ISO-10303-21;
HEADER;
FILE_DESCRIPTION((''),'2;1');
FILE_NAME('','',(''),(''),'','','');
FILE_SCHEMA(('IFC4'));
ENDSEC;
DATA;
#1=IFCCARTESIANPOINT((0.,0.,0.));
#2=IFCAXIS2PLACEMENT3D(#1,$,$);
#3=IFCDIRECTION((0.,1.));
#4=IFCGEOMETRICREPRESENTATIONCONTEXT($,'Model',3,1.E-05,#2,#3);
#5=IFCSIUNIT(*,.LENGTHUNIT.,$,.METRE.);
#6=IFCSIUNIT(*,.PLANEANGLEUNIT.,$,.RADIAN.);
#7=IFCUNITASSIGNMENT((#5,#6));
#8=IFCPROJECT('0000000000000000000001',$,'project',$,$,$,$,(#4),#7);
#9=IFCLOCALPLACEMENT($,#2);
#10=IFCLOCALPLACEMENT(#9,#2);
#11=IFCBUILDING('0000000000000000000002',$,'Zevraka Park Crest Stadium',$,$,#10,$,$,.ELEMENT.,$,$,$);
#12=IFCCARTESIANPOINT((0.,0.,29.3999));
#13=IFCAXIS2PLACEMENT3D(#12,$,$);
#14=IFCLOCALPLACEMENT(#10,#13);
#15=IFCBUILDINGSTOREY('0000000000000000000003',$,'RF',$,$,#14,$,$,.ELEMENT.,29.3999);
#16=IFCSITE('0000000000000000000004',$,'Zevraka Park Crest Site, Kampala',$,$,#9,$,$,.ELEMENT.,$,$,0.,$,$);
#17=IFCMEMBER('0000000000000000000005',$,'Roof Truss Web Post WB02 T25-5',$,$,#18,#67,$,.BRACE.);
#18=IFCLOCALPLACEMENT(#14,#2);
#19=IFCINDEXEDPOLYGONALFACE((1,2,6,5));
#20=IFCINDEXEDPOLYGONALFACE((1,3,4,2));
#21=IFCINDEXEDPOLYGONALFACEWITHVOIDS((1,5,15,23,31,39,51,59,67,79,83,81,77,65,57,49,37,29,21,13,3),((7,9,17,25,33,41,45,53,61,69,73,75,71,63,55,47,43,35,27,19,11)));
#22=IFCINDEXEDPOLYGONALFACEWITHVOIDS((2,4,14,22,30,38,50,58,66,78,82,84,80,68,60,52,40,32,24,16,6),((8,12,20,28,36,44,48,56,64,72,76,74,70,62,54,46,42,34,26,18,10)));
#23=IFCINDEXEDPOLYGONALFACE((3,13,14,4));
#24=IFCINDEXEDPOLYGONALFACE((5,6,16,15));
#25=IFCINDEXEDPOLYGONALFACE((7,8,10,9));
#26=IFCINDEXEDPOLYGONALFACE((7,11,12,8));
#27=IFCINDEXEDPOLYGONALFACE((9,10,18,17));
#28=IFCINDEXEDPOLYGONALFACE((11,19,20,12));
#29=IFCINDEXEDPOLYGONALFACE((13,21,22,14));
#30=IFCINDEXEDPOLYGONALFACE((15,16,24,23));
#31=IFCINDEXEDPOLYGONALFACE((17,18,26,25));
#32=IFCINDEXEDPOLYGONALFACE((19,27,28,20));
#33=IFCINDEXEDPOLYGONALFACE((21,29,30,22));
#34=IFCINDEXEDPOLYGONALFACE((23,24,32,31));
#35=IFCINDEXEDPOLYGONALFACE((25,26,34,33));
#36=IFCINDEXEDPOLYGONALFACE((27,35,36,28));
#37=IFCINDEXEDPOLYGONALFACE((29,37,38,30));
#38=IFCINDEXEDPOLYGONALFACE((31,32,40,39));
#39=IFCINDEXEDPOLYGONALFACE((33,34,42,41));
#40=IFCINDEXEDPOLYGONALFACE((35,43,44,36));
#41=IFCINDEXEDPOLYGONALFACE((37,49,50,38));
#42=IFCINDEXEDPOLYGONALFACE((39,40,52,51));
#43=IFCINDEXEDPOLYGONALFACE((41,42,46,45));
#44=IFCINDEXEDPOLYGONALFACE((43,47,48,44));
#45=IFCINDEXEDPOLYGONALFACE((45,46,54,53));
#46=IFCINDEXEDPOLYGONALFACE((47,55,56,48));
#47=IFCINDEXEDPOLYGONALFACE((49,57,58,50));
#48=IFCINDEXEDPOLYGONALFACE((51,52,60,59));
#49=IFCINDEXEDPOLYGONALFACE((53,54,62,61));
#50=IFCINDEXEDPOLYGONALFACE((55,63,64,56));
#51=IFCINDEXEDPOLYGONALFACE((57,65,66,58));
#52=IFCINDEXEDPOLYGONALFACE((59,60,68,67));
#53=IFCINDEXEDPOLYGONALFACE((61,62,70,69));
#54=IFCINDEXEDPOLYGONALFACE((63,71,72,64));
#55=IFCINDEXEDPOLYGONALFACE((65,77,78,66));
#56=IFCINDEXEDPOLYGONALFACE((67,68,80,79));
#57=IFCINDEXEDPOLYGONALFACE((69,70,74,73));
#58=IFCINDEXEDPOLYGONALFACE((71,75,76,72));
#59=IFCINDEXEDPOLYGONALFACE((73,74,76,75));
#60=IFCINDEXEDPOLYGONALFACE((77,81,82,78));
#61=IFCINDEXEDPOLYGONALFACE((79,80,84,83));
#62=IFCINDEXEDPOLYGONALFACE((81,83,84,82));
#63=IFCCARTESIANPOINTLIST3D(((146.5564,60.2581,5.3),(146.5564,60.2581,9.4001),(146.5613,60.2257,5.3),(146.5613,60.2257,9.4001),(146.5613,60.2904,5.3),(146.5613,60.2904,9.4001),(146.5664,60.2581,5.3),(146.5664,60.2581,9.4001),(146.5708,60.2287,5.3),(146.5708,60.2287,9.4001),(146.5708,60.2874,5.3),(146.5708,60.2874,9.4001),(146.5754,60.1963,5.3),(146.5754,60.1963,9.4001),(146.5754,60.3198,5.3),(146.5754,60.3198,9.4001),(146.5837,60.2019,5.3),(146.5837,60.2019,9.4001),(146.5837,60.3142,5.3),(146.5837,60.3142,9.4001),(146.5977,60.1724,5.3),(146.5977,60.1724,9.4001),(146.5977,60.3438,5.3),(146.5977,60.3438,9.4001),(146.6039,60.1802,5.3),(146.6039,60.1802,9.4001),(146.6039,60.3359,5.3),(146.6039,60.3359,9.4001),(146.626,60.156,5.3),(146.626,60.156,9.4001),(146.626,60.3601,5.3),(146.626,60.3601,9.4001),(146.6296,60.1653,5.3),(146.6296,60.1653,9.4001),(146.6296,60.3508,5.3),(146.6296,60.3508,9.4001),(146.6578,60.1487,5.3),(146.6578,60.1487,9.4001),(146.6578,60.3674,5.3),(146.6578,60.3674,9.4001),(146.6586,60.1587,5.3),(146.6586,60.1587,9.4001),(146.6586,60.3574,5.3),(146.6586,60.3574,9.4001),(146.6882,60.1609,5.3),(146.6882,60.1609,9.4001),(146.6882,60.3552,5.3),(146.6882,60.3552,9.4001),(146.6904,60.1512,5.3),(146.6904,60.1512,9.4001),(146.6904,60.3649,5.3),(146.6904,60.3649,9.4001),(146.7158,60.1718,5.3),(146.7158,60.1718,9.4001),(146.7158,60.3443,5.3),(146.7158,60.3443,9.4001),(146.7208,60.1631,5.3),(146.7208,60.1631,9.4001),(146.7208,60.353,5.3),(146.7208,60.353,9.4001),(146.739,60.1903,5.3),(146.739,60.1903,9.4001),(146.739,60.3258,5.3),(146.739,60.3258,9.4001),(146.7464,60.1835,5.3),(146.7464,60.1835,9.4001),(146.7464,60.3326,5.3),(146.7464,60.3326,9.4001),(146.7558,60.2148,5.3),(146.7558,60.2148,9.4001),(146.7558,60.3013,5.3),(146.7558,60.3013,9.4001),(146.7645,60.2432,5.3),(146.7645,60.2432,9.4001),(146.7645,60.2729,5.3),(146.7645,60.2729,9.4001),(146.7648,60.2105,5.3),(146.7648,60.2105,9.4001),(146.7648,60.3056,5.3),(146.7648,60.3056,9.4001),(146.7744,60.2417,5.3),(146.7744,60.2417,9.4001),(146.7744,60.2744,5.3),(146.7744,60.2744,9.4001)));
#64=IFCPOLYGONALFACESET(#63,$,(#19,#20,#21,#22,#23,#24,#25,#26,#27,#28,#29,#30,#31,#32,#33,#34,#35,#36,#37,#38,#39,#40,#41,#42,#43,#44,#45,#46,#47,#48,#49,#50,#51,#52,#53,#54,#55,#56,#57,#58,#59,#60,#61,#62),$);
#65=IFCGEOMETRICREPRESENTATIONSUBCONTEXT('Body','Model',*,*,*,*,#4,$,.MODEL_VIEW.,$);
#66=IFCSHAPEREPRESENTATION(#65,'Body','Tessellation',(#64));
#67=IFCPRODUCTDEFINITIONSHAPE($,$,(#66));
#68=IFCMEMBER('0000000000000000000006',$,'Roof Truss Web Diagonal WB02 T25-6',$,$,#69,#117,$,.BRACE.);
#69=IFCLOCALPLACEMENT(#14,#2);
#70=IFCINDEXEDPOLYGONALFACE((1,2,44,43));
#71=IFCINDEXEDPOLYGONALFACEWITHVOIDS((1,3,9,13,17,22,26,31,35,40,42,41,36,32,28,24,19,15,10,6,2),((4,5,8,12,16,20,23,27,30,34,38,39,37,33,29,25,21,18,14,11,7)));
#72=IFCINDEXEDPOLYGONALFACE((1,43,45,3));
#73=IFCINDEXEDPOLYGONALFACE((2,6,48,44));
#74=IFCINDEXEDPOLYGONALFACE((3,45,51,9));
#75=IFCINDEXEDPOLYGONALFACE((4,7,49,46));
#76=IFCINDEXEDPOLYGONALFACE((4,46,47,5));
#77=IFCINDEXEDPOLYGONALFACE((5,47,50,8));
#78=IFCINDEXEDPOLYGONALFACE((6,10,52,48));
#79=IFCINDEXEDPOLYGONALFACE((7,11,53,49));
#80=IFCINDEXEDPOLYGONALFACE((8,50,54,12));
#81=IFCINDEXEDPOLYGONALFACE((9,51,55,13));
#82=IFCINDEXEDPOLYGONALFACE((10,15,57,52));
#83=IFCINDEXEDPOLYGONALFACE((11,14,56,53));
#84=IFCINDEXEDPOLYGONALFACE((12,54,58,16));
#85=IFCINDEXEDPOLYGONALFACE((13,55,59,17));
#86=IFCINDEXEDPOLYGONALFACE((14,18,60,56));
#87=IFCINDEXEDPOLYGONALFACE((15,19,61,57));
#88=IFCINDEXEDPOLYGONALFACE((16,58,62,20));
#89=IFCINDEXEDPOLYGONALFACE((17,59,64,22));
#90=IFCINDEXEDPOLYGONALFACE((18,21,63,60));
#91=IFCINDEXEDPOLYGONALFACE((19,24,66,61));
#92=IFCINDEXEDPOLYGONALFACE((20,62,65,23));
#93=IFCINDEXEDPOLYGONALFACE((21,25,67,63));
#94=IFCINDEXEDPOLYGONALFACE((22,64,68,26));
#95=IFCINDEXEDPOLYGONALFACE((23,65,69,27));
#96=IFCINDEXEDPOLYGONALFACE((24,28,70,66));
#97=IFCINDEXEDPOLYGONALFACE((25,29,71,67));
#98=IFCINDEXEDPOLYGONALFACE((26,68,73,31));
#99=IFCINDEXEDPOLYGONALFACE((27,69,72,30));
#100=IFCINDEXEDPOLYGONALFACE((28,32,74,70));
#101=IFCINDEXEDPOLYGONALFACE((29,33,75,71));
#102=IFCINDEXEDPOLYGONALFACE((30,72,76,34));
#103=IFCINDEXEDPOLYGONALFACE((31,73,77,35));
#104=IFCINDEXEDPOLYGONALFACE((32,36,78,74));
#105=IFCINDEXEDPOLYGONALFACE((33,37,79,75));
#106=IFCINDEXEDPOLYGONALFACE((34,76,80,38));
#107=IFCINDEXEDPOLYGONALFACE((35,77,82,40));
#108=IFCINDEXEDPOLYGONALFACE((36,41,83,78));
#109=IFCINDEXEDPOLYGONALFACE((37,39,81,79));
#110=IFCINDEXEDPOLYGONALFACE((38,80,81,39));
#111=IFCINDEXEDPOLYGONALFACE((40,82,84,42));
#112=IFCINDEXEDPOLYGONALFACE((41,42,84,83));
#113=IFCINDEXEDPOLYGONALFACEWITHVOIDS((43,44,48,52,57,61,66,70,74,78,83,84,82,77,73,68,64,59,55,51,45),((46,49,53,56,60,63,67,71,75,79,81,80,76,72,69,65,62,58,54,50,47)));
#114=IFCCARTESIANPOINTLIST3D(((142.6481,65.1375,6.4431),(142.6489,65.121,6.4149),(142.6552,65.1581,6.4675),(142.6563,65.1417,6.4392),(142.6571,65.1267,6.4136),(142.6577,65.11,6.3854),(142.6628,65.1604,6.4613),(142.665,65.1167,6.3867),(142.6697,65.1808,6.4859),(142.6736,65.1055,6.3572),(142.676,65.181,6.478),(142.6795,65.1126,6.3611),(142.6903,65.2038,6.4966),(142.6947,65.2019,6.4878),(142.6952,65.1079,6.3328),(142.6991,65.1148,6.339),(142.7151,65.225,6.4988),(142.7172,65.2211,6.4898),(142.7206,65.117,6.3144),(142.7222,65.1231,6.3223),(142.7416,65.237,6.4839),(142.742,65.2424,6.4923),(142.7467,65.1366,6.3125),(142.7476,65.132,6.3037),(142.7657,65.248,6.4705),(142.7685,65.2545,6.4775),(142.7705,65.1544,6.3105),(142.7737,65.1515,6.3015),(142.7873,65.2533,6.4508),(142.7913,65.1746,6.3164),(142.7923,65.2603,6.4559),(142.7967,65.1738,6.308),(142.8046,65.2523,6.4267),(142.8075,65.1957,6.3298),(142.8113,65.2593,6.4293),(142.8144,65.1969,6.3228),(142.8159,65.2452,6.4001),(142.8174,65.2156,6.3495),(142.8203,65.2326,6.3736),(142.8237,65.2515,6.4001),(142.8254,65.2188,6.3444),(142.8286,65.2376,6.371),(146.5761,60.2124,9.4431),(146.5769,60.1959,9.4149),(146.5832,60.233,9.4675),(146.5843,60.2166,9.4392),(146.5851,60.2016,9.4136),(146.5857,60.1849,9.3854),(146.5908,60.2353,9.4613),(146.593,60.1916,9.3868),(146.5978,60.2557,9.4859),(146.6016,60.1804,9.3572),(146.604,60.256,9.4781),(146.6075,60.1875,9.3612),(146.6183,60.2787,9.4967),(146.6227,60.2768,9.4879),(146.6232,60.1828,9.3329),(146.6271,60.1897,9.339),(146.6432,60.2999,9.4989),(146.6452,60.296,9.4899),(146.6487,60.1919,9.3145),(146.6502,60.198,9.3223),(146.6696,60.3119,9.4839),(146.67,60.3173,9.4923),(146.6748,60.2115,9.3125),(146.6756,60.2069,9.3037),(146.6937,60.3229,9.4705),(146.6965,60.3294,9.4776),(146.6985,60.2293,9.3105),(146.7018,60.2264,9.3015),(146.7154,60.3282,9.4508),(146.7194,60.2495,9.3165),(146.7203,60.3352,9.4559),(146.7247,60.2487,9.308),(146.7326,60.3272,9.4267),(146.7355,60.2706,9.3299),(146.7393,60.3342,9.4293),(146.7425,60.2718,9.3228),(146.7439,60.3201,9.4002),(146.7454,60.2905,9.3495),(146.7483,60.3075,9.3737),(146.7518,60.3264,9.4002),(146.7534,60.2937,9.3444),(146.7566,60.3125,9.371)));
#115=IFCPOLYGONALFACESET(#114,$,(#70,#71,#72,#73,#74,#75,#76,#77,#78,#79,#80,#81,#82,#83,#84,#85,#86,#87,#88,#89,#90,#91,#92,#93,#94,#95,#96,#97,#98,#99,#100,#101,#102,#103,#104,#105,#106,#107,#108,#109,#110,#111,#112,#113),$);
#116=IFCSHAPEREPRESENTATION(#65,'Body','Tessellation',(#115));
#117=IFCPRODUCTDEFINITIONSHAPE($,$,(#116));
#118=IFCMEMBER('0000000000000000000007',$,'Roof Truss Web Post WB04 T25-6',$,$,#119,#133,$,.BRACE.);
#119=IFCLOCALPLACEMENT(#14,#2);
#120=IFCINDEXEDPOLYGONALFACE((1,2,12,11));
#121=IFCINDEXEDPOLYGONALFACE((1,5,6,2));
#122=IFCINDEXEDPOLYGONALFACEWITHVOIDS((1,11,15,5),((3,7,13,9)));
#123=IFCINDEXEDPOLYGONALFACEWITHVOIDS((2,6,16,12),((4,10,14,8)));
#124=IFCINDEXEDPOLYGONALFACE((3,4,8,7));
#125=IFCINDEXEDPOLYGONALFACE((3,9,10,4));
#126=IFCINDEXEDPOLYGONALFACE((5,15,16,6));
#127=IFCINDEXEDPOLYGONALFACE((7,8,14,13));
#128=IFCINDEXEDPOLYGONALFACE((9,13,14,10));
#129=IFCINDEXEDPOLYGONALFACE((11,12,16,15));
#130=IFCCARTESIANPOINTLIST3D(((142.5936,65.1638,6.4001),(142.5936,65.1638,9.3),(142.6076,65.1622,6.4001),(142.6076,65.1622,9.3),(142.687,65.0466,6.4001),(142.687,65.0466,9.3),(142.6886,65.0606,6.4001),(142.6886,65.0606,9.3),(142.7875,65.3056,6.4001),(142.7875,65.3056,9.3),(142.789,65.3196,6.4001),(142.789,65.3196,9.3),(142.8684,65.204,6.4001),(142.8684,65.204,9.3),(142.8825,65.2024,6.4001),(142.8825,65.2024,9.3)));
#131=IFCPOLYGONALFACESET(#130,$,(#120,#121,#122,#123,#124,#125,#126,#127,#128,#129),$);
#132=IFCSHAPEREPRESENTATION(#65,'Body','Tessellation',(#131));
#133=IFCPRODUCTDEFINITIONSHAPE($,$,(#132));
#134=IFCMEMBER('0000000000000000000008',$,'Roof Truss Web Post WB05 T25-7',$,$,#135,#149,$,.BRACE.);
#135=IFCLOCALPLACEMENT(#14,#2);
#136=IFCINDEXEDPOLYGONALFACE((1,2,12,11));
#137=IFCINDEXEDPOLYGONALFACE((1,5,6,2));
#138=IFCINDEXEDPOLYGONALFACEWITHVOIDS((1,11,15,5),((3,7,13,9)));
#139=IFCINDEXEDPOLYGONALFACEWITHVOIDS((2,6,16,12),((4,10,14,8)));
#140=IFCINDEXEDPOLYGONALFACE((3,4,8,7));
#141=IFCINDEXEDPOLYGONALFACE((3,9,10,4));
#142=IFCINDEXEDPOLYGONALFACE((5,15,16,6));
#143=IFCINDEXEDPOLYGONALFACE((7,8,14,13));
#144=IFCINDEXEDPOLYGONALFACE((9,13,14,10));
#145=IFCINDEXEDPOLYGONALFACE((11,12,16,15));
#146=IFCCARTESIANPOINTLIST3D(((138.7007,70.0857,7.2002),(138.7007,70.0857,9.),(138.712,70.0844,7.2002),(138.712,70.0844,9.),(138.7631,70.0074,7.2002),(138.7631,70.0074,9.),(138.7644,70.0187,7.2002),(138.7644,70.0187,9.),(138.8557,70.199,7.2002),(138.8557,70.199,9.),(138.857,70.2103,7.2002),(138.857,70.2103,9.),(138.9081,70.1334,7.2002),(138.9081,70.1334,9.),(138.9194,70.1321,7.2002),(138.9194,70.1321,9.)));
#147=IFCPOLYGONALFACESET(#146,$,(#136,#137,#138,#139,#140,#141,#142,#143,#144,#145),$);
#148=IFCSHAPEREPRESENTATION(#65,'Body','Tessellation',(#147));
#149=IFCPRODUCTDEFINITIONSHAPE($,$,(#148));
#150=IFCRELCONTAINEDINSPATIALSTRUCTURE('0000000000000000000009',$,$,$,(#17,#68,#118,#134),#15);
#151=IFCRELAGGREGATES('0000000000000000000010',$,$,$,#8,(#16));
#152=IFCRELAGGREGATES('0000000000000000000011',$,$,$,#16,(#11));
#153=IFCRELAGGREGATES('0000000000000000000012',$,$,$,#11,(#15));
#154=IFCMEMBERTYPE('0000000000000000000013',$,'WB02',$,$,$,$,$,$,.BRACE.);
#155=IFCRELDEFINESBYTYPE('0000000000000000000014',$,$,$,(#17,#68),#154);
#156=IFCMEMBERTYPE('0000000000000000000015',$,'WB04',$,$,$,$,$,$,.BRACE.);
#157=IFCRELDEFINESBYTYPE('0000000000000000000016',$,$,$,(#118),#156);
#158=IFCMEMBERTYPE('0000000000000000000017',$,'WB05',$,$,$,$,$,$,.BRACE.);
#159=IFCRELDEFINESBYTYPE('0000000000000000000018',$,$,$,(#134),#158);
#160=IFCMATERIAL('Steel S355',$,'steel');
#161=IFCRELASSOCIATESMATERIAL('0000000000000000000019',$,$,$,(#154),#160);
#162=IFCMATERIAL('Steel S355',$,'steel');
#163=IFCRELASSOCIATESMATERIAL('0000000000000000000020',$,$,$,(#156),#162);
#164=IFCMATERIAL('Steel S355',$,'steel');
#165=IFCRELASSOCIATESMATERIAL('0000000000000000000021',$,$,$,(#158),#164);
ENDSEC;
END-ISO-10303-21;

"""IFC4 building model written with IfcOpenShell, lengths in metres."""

from ifc_helpers import new_model, si_unit, direction, frame, origin, origin_2d, place, context, subcontext, project, spatial, hollow_rectangle, hollow_circle, extrude, material, material_profile, profile_set, type_object, element, save


model = new_model("IFC4")

# Units and contexts
model_context = context("Model", 3, precision=1e-05, world=origin(), true_north=direction((0.0, 1.0)))
body_context = subcontext(model_context, "Body", "Model", "MODEL_VIEW")
ifc_project = project(units=[si_unit("LENGTHUNIT", "METRE"), si_unit("PLANEANGLEUNIT", "RADIAN")], contexts=[model_context])

# Site, building, storey
site_placement = place(None, origin())
site = spatial("IfcSite", under=ifc_project, at=site_placement, Name="Zevraka Park Crest Site, Kampala", CompositionType="ELEMENT", RefElevation=0.0)
building_placement = place(site_placement, origin())
building = spatial("IfcBuilding", under=site, at=building_placement, Name="Zevraka Park Crest Stadium", CompositionType="ELEMENT")
storey_placement = place(building_placement, frame((0.0, 0.0, 29.3999)))
storey = spatial("IfcBuildingStorey", under=building, at=storey_placement, Name="RF", CompositionType="ELEMENT", Elevation=29.3999)

# Members
ifc_material_1 = material(Name="Steel S355", Category="steel")
ifc_material_profile_1 = material_profile(ifc_material_1, hollow_circle(Radius=0.1096, WallThickness=0.01, at=origin_2d()), Name="CHS 219.1x10")
ifc_profile_set_1 = profile_set([ifc_material_profile_1], Name="Steel S355")
member_type_1 = type_object("IfcMemberType", Name="WB02", PredefinedType="BRACE", material=ifc_profile_set_1)
member_1_placement = place(storey_placement, frame((146.666, 60.2581, 5.3), z_axis=(0.0, 0.0, 1.0), x_axis=(-0.62347, 0.781847, 0.0)))
element("IfcMember", 1, at=member_1_placement, inside=storey, type_object=member_type_1, Name="Roof Truss Web Post WB02 T25-5", PredefinedType="BRACE", context=body_context, shape_type="SweptSolid", body=[
    extrude(hollow_circle(Radius=0.1096, WallThickness=0.01, at=origin_2d()), origin(), (0.0, 0.0, 1.0), 4.1001),
])
member_2_placement = place(storey_placement, frame((142.738, 65.1831, 6.4001), z_axis=(0.562951, -0.70585, 0.429955), x_axis=(0.781802, 0.623527, 0.0)))
element("IfcMember", 2, at=member_2_placement, inside=storey, type_object=member_type_1, Name="Roof Truss Web Diagonal WB02 T25-6", PredefinedType="BRACE", context=body_context, shape_type="SweptSolid", body=[
    extrude(hollow_circle(Radius=0.1096, WallThickness=0.01, at=origin_2d()), origin(), (0.0, 0.0, 1.0), 6.9775),
])
ifc_material_2 = material(Name="Steel S355", Category="steel")
ifc_material_profile_2 = material_profile(ifc_material_2, hollow_rectangle(XDim=0.1499, YDim=0.25, WallThickness=0.01, at=origin_2d()), Name="RHS 250x150x10")
ifc_profile_set_2 = profile_set([ifc_material_profile_2], Name="Steel S355")
member_type_2 = type_object("IfcMemberType", Name="WB04", PredefinedType="BRACE", material=ifc_profile_set_2)
member_3_placement = place(storey_placement, frame((142.738, 65.1831, 6.4001), z_axis=(0.0, 0.0, 1.0), x_axis=(-0.62347, 0.781847, 0.0)))
element("IfcMember", 3, at=member_3_placement, inside=storey, type_object=member_type_2, Name="Roof Truss Web Post WB04 T25-6", PredefinedType="BRACE", context=body_context, shape_type="SweptSolid", body=[
    extrude(hollow_rectangle(XDim=0.1499, YDim=0.25, WallThickness=0.01, at=origin_2d()), origin(), (0.0, 0.0, 1.0), 2.8999),
])
ifc_material_3 = material(Name="Steel S355", Category="steel")
ifc_material_profile_3 = material_profile(ifc_material_3, hollow_rectangle(XDim=0.1001, YDim=0.2, WallThickness=0.0081, at=origin_2d()), Name="RHS 200x100x8")
ifc_profile_set_3 = profile_set([ifc_material_profile_3], Name="Steel S355")
member_type_3 = type_object("IfcMemberType", Name="WB05", PredefinedType="BRACE", material=ifc_profile_set_3)
member_4_placement = place(storey_placement, frame((138.8101, 70.1089, 7.2002), z_axis=(0.0, 0.0, 1.0), x_axis=(-0.62347, 0.781847, 0.0)))
element("IfcMember", 4, at=member_4_placement, inside=storey, type_object=member_type_3, Name="Roof Truss Web Post WB05 T25-7", PredefinedType="BRACE", context=body_context, shape_type="SweptSolid", body=[
    extrude(hollow_rectangle(XDim=0.1001, YDim=0.2, WallThickness=0.0081, at=origin_2d()), origin(), (0.0, 0.0, 1.0), 1.7998),
])

save(model, "model.ifc")
